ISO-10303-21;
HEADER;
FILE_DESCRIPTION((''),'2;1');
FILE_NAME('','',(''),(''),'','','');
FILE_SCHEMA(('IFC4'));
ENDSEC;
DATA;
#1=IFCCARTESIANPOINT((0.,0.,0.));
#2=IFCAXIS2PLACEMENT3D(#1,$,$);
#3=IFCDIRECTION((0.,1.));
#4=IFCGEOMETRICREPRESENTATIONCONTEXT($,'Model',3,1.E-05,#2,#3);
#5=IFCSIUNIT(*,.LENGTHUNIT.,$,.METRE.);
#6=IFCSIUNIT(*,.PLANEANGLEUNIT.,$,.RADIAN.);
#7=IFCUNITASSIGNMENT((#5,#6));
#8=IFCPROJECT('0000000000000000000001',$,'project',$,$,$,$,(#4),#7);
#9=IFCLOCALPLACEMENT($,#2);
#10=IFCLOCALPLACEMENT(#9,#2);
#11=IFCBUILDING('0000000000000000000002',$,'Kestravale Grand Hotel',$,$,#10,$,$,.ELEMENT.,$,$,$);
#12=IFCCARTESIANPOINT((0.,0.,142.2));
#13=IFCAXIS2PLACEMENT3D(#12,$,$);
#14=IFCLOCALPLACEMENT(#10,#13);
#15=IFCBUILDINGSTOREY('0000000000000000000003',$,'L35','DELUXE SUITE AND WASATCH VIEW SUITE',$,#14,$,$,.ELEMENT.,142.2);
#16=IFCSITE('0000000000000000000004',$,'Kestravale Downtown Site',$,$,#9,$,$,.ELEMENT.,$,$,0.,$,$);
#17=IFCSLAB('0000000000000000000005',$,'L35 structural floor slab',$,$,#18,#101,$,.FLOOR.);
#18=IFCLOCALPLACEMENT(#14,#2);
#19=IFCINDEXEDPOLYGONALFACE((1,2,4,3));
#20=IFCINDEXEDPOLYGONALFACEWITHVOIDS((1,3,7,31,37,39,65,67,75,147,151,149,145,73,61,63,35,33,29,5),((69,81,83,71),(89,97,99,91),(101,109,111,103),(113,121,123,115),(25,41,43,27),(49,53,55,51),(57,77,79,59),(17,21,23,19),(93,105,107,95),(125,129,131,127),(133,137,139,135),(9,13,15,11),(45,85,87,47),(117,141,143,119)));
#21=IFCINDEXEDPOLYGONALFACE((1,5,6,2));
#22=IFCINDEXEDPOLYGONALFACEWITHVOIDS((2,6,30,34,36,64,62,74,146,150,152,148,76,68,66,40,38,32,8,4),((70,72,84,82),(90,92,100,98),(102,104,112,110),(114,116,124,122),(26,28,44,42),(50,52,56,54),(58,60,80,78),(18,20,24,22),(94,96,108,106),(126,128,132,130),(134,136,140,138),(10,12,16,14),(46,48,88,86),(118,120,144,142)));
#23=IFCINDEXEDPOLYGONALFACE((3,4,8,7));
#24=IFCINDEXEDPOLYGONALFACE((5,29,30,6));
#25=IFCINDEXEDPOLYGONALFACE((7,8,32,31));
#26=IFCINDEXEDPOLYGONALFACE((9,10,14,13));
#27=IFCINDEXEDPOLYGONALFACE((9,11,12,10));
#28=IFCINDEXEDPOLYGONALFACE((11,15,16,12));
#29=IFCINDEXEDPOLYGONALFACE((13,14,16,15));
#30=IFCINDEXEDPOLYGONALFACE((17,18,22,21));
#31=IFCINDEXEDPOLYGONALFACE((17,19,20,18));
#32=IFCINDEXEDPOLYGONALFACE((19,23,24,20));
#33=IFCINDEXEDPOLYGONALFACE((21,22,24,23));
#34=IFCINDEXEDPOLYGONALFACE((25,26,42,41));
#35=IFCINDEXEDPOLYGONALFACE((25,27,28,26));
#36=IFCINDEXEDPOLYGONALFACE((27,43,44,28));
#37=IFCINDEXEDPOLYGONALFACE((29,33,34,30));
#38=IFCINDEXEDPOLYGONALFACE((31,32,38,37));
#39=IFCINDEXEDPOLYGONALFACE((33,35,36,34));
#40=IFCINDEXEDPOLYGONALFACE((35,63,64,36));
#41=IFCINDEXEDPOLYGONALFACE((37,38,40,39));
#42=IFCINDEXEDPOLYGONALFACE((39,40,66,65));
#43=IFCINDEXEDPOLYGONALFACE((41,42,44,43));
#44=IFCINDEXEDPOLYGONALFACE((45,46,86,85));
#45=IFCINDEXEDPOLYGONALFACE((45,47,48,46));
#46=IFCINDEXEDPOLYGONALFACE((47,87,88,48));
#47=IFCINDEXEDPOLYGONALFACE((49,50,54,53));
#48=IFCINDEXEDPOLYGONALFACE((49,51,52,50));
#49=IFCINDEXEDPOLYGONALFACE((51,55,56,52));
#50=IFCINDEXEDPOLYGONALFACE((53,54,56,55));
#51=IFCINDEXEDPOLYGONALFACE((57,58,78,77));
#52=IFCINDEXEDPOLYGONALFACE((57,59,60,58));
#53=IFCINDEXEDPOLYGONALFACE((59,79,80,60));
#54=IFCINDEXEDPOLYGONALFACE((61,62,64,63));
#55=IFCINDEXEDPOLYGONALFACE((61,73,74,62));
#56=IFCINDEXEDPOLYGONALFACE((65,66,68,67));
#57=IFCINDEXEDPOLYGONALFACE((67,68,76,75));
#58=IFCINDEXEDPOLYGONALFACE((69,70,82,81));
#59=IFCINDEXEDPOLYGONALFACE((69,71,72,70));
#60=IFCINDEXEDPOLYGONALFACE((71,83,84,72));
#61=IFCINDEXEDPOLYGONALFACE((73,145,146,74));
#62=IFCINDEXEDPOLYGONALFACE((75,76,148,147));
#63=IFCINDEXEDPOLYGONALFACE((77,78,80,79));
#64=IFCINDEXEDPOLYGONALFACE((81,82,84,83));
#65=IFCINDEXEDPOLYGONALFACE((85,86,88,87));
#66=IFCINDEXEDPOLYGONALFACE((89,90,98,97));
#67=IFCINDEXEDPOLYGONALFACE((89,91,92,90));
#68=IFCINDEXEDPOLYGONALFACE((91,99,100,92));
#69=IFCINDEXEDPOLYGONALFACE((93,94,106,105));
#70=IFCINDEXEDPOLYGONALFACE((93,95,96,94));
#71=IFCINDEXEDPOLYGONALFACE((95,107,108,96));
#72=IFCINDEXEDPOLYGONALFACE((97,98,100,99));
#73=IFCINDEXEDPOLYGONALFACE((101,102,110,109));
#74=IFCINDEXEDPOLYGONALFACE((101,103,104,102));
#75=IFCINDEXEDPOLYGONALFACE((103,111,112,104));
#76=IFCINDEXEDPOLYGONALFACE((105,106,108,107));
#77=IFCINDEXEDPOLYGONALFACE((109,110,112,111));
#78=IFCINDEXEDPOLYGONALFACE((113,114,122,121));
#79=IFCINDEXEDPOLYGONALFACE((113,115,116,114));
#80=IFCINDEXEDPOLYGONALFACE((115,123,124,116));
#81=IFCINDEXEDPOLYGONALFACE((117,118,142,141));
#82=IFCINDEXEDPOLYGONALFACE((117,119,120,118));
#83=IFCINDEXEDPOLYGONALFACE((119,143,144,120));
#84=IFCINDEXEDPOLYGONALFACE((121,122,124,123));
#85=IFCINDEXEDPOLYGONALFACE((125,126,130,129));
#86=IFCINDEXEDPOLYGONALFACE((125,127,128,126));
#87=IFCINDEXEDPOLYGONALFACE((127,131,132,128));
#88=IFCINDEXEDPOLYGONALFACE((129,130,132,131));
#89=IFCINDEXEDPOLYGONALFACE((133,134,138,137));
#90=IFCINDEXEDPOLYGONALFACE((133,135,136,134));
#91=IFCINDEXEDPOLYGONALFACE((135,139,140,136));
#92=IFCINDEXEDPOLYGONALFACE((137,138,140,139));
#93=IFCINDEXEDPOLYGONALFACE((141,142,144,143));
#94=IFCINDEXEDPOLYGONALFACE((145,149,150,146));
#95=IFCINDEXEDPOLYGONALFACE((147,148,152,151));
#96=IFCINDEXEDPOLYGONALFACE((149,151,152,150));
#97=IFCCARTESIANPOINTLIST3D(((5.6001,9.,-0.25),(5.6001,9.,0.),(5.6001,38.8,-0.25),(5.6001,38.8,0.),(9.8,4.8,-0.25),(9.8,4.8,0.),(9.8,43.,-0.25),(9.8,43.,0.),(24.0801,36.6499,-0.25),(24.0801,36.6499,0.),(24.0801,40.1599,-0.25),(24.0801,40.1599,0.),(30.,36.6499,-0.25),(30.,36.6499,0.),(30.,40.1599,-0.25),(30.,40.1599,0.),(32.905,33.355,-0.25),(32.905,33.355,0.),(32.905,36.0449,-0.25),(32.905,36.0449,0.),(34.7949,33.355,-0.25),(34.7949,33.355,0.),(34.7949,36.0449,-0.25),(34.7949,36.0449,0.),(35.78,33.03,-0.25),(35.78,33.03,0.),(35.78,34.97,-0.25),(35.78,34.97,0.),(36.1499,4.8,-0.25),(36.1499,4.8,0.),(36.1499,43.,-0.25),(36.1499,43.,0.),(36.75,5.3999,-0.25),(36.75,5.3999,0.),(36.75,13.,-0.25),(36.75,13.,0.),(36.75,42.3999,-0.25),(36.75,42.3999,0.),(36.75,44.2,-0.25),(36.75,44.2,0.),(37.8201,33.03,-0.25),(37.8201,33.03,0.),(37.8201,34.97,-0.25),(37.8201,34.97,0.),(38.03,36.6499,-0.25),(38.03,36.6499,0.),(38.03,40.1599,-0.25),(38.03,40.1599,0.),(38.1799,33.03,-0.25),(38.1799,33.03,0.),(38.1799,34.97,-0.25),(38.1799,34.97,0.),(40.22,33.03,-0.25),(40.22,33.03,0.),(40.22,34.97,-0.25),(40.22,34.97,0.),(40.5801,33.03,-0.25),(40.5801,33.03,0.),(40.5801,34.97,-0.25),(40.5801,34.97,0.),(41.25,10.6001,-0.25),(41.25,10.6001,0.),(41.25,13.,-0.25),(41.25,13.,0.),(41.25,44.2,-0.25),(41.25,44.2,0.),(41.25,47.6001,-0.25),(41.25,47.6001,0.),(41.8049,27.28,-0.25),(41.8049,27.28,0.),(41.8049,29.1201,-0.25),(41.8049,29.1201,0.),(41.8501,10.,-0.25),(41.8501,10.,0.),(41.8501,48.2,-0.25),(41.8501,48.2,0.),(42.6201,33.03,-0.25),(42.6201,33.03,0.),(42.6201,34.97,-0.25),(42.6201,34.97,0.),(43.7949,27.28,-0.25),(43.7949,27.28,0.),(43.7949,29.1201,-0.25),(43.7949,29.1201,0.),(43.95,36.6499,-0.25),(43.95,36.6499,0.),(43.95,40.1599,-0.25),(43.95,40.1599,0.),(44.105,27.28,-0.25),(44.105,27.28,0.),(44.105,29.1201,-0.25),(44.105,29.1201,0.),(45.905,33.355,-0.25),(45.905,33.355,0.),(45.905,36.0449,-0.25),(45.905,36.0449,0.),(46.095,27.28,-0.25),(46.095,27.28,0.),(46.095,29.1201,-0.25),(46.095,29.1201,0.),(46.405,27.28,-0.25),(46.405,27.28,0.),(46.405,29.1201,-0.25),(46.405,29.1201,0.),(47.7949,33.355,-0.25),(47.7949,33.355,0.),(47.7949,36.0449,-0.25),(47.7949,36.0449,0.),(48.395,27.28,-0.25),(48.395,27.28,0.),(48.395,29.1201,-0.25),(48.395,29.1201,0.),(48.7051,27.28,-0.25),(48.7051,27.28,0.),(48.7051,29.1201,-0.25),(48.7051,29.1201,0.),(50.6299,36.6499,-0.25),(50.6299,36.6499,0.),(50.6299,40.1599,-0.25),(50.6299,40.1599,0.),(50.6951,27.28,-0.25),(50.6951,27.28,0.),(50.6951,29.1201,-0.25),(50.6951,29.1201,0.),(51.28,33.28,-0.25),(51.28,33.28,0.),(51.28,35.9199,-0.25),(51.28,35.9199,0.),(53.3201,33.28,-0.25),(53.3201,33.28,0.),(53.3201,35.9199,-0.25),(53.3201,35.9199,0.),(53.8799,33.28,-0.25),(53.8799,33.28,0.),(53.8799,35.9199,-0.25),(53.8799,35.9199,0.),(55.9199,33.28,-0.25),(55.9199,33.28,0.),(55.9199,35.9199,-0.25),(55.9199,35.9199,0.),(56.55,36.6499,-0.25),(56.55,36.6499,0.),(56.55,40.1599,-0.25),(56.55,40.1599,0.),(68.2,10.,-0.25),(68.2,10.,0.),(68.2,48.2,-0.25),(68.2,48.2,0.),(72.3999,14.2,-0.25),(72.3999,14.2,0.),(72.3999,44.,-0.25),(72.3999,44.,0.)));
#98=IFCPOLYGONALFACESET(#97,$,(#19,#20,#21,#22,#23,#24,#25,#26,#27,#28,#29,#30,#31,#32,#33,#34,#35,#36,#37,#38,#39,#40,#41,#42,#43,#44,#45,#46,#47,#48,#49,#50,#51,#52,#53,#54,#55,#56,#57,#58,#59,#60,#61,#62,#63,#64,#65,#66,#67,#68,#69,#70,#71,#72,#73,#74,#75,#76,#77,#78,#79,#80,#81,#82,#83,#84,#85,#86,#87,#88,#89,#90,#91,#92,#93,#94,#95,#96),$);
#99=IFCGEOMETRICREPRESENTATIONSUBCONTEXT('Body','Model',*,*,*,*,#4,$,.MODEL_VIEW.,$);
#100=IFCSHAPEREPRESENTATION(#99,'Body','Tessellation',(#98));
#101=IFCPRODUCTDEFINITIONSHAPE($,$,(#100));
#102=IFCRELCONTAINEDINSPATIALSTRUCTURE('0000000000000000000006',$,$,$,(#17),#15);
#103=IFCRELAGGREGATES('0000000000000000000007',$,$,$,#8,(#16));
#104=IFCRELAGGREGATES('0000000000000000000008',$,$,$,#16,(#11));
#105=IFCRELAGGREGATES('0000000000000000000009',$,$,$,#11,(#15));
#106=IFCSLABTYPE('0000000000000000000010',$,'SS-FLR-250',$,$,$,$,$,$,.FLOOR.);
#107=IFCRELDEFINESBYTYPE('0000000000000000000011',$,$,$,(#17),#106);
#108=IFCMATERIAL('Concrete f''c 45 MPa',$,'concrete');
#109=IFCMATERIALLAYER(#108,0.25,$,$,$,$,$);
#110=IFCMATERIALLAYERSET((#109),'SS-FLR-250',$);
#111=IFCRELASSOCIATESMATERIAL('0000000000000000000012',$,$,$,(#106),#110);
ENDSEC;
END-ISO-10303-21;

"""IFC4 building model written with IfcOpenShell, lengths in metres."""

from ifc_helpers import new_model, si_unit, direction, frame, origin, place, context, subcontext, project, spatial, polyline, outline, extrude, material, layer, layer_set, type_object, element, save


model = new_model("IFC4")

# Units and contexts
model_context = context("Model", 3, precision=1e-05, world=origin(), true_north=direction((0.0, 1.0)))
body_context = subcontext(model_context, "Body", "Model", "MODEL_VIEW")
ifc_project = project(units=[si_unit("LENGTHUNIT", "METRE"), si_unit("PLANEANGLEUNIT", "RADIAN")], contexts=[model_context])

# Site, building, storey
site_placement = place(None, origin())
site = spatial("IfcSite", under=ifc_project, at=site_placement, Name="Kestravale Downtown Site", CompositionType="ELEMENT", RefElevation=0.0)
building_placement = place(site_placement, origin())
building = spatial("IfcBuilding", under=site, at=building_placement, Name="Kestravale Grand Hotel", CompositionType="ELEMENT")
storey_placement = place(building_placement, frame((0.0, 0.0, 142.2)))
storey = spatial("IfcBuildingStorey", under=building, at=storey_placement, Name="L35", Description="DELUXE SUITE AND WASATCH VIEW SUITE", CompositionType="ELEMENT", Elevation=142.2)

# Slab
ifc_material_1 = material(Name="Concrete f'c 45 MPa", Category="concrete")
ifc_layer_1 = layer(ifc_material_1, 0.25)
ifc_layer_set_1 = layer_set([ifc_layer_1], Name="SS-FLR-250")
slab_type_1 = type_object("IfcSlabType", Name="SS-FLR-250", PredefinedType="FLOOR", material=ifc_layer_set_1)
slab_1_placement = place(storey_placement, frame((0.0, 0.0, -0.25)))
element("IfcSlab", 1, at=slab_1_placement, inside=storey, type_object=slab_type_1, Name="L35 structural floor slab", PredefinedType="FLOOR", context=body_context, shape_type="SweptSolid", body=[
    extrude(outline(polyline([(9.8, 4.8), (36.1499, 4.8), (36.75, 5.3999), (36.75, 13.0), (41.25, 13.0), (41.25, 10.6001), (41.8501, 10.0), (68.2, 10.0), (72.3999, 14.2), (72.3999, 44.0), (68.2, 48.2), (41.8501, 48.2), (41.25, 47.6001), (41.25, 44.2), (36.75, 44.2), (36.75, 42.3999), (36.1499, 43.0), (9.8, 43.0), (5.6001, 38.8), (5.6001, 9.0), (9.8, 4.8)]), holes=[polyline([(24.0801, 36.6499), (30.0, 36.6499), (30.0, 40.1599), (24.0801, 40.1599), (24.0801, 36.6499)]), polyline([(38.03, 36.6499), (43.95, 36.6499), (43.95, 40.1599), (38.03, 40.1599), (38.03, 36.6499)]), polyline([(50.6299, 36.6499), (56.55, 36.6499), (56.55, 40.1599), (50.6299, 40.1599), (50.6299, 36.6499)]), polyline([(41.8049, 27.28), (43.7949, 27.28), (43.7949, 29.1201), (41.8049, 29.1201), (41.8049, 27.28)]), polyline([(44.105, 27.28), (46.095, 27.28), (46.095, 29.1201), (44.105, 29.1201), (44.105, 27.28)]), polyline([(46.405, 27.28), (48.395, 27.28), (48.395, 29.1201), (46.405, 29.1201), (46.405, 27.28)]), polyline([(48.7051, 27.28), (50.6951, 27.28), (50.6951, 29.1201), (48.7051, 29.1201), (48.7051, 27.28)]), polyline([(35.78, 33.03), (37.8201, 33.03), (37.8201, 34.97), (35.78, 34.97), (35.78, 33.03)]), polyline([(38.1799, 33.03), (40.22, 33.03), (40.22, 34.97), (38.1799, 34.97), (38.1799, 33.03)]), polyline([(40.5801, 33.03), (42.6201, 33.03), (42.6201, 34.97), (40.5801, 34.97), (40.5801, 33.03)]), polyline([(32.905, 33.355), (34.7949, 33.355), (34.7949, 36.0449), (32.905, 36.0449), (32.905, 33.355)]), polyline([(45.905, 33.355), (47.7949, 33.355), (47.7949, 36.0449), (45.905, 36.0449), (45.905, 33.355)]), polyline([(51.28, 33.28), (53.3201, 33.28), (53.3201, 35.9199), (51.28, 35.9199), (51.28, 33.28)]), polyline([(53.8799, 33.28), (55.9199, 33.28), (55.9199, 35.9199), (53.8799, 35.9199), (53.8799, 33.28)])]), origin(), (0.0, 0.0, 1.0), 0.25),
])

save(model, "model.ifc")
